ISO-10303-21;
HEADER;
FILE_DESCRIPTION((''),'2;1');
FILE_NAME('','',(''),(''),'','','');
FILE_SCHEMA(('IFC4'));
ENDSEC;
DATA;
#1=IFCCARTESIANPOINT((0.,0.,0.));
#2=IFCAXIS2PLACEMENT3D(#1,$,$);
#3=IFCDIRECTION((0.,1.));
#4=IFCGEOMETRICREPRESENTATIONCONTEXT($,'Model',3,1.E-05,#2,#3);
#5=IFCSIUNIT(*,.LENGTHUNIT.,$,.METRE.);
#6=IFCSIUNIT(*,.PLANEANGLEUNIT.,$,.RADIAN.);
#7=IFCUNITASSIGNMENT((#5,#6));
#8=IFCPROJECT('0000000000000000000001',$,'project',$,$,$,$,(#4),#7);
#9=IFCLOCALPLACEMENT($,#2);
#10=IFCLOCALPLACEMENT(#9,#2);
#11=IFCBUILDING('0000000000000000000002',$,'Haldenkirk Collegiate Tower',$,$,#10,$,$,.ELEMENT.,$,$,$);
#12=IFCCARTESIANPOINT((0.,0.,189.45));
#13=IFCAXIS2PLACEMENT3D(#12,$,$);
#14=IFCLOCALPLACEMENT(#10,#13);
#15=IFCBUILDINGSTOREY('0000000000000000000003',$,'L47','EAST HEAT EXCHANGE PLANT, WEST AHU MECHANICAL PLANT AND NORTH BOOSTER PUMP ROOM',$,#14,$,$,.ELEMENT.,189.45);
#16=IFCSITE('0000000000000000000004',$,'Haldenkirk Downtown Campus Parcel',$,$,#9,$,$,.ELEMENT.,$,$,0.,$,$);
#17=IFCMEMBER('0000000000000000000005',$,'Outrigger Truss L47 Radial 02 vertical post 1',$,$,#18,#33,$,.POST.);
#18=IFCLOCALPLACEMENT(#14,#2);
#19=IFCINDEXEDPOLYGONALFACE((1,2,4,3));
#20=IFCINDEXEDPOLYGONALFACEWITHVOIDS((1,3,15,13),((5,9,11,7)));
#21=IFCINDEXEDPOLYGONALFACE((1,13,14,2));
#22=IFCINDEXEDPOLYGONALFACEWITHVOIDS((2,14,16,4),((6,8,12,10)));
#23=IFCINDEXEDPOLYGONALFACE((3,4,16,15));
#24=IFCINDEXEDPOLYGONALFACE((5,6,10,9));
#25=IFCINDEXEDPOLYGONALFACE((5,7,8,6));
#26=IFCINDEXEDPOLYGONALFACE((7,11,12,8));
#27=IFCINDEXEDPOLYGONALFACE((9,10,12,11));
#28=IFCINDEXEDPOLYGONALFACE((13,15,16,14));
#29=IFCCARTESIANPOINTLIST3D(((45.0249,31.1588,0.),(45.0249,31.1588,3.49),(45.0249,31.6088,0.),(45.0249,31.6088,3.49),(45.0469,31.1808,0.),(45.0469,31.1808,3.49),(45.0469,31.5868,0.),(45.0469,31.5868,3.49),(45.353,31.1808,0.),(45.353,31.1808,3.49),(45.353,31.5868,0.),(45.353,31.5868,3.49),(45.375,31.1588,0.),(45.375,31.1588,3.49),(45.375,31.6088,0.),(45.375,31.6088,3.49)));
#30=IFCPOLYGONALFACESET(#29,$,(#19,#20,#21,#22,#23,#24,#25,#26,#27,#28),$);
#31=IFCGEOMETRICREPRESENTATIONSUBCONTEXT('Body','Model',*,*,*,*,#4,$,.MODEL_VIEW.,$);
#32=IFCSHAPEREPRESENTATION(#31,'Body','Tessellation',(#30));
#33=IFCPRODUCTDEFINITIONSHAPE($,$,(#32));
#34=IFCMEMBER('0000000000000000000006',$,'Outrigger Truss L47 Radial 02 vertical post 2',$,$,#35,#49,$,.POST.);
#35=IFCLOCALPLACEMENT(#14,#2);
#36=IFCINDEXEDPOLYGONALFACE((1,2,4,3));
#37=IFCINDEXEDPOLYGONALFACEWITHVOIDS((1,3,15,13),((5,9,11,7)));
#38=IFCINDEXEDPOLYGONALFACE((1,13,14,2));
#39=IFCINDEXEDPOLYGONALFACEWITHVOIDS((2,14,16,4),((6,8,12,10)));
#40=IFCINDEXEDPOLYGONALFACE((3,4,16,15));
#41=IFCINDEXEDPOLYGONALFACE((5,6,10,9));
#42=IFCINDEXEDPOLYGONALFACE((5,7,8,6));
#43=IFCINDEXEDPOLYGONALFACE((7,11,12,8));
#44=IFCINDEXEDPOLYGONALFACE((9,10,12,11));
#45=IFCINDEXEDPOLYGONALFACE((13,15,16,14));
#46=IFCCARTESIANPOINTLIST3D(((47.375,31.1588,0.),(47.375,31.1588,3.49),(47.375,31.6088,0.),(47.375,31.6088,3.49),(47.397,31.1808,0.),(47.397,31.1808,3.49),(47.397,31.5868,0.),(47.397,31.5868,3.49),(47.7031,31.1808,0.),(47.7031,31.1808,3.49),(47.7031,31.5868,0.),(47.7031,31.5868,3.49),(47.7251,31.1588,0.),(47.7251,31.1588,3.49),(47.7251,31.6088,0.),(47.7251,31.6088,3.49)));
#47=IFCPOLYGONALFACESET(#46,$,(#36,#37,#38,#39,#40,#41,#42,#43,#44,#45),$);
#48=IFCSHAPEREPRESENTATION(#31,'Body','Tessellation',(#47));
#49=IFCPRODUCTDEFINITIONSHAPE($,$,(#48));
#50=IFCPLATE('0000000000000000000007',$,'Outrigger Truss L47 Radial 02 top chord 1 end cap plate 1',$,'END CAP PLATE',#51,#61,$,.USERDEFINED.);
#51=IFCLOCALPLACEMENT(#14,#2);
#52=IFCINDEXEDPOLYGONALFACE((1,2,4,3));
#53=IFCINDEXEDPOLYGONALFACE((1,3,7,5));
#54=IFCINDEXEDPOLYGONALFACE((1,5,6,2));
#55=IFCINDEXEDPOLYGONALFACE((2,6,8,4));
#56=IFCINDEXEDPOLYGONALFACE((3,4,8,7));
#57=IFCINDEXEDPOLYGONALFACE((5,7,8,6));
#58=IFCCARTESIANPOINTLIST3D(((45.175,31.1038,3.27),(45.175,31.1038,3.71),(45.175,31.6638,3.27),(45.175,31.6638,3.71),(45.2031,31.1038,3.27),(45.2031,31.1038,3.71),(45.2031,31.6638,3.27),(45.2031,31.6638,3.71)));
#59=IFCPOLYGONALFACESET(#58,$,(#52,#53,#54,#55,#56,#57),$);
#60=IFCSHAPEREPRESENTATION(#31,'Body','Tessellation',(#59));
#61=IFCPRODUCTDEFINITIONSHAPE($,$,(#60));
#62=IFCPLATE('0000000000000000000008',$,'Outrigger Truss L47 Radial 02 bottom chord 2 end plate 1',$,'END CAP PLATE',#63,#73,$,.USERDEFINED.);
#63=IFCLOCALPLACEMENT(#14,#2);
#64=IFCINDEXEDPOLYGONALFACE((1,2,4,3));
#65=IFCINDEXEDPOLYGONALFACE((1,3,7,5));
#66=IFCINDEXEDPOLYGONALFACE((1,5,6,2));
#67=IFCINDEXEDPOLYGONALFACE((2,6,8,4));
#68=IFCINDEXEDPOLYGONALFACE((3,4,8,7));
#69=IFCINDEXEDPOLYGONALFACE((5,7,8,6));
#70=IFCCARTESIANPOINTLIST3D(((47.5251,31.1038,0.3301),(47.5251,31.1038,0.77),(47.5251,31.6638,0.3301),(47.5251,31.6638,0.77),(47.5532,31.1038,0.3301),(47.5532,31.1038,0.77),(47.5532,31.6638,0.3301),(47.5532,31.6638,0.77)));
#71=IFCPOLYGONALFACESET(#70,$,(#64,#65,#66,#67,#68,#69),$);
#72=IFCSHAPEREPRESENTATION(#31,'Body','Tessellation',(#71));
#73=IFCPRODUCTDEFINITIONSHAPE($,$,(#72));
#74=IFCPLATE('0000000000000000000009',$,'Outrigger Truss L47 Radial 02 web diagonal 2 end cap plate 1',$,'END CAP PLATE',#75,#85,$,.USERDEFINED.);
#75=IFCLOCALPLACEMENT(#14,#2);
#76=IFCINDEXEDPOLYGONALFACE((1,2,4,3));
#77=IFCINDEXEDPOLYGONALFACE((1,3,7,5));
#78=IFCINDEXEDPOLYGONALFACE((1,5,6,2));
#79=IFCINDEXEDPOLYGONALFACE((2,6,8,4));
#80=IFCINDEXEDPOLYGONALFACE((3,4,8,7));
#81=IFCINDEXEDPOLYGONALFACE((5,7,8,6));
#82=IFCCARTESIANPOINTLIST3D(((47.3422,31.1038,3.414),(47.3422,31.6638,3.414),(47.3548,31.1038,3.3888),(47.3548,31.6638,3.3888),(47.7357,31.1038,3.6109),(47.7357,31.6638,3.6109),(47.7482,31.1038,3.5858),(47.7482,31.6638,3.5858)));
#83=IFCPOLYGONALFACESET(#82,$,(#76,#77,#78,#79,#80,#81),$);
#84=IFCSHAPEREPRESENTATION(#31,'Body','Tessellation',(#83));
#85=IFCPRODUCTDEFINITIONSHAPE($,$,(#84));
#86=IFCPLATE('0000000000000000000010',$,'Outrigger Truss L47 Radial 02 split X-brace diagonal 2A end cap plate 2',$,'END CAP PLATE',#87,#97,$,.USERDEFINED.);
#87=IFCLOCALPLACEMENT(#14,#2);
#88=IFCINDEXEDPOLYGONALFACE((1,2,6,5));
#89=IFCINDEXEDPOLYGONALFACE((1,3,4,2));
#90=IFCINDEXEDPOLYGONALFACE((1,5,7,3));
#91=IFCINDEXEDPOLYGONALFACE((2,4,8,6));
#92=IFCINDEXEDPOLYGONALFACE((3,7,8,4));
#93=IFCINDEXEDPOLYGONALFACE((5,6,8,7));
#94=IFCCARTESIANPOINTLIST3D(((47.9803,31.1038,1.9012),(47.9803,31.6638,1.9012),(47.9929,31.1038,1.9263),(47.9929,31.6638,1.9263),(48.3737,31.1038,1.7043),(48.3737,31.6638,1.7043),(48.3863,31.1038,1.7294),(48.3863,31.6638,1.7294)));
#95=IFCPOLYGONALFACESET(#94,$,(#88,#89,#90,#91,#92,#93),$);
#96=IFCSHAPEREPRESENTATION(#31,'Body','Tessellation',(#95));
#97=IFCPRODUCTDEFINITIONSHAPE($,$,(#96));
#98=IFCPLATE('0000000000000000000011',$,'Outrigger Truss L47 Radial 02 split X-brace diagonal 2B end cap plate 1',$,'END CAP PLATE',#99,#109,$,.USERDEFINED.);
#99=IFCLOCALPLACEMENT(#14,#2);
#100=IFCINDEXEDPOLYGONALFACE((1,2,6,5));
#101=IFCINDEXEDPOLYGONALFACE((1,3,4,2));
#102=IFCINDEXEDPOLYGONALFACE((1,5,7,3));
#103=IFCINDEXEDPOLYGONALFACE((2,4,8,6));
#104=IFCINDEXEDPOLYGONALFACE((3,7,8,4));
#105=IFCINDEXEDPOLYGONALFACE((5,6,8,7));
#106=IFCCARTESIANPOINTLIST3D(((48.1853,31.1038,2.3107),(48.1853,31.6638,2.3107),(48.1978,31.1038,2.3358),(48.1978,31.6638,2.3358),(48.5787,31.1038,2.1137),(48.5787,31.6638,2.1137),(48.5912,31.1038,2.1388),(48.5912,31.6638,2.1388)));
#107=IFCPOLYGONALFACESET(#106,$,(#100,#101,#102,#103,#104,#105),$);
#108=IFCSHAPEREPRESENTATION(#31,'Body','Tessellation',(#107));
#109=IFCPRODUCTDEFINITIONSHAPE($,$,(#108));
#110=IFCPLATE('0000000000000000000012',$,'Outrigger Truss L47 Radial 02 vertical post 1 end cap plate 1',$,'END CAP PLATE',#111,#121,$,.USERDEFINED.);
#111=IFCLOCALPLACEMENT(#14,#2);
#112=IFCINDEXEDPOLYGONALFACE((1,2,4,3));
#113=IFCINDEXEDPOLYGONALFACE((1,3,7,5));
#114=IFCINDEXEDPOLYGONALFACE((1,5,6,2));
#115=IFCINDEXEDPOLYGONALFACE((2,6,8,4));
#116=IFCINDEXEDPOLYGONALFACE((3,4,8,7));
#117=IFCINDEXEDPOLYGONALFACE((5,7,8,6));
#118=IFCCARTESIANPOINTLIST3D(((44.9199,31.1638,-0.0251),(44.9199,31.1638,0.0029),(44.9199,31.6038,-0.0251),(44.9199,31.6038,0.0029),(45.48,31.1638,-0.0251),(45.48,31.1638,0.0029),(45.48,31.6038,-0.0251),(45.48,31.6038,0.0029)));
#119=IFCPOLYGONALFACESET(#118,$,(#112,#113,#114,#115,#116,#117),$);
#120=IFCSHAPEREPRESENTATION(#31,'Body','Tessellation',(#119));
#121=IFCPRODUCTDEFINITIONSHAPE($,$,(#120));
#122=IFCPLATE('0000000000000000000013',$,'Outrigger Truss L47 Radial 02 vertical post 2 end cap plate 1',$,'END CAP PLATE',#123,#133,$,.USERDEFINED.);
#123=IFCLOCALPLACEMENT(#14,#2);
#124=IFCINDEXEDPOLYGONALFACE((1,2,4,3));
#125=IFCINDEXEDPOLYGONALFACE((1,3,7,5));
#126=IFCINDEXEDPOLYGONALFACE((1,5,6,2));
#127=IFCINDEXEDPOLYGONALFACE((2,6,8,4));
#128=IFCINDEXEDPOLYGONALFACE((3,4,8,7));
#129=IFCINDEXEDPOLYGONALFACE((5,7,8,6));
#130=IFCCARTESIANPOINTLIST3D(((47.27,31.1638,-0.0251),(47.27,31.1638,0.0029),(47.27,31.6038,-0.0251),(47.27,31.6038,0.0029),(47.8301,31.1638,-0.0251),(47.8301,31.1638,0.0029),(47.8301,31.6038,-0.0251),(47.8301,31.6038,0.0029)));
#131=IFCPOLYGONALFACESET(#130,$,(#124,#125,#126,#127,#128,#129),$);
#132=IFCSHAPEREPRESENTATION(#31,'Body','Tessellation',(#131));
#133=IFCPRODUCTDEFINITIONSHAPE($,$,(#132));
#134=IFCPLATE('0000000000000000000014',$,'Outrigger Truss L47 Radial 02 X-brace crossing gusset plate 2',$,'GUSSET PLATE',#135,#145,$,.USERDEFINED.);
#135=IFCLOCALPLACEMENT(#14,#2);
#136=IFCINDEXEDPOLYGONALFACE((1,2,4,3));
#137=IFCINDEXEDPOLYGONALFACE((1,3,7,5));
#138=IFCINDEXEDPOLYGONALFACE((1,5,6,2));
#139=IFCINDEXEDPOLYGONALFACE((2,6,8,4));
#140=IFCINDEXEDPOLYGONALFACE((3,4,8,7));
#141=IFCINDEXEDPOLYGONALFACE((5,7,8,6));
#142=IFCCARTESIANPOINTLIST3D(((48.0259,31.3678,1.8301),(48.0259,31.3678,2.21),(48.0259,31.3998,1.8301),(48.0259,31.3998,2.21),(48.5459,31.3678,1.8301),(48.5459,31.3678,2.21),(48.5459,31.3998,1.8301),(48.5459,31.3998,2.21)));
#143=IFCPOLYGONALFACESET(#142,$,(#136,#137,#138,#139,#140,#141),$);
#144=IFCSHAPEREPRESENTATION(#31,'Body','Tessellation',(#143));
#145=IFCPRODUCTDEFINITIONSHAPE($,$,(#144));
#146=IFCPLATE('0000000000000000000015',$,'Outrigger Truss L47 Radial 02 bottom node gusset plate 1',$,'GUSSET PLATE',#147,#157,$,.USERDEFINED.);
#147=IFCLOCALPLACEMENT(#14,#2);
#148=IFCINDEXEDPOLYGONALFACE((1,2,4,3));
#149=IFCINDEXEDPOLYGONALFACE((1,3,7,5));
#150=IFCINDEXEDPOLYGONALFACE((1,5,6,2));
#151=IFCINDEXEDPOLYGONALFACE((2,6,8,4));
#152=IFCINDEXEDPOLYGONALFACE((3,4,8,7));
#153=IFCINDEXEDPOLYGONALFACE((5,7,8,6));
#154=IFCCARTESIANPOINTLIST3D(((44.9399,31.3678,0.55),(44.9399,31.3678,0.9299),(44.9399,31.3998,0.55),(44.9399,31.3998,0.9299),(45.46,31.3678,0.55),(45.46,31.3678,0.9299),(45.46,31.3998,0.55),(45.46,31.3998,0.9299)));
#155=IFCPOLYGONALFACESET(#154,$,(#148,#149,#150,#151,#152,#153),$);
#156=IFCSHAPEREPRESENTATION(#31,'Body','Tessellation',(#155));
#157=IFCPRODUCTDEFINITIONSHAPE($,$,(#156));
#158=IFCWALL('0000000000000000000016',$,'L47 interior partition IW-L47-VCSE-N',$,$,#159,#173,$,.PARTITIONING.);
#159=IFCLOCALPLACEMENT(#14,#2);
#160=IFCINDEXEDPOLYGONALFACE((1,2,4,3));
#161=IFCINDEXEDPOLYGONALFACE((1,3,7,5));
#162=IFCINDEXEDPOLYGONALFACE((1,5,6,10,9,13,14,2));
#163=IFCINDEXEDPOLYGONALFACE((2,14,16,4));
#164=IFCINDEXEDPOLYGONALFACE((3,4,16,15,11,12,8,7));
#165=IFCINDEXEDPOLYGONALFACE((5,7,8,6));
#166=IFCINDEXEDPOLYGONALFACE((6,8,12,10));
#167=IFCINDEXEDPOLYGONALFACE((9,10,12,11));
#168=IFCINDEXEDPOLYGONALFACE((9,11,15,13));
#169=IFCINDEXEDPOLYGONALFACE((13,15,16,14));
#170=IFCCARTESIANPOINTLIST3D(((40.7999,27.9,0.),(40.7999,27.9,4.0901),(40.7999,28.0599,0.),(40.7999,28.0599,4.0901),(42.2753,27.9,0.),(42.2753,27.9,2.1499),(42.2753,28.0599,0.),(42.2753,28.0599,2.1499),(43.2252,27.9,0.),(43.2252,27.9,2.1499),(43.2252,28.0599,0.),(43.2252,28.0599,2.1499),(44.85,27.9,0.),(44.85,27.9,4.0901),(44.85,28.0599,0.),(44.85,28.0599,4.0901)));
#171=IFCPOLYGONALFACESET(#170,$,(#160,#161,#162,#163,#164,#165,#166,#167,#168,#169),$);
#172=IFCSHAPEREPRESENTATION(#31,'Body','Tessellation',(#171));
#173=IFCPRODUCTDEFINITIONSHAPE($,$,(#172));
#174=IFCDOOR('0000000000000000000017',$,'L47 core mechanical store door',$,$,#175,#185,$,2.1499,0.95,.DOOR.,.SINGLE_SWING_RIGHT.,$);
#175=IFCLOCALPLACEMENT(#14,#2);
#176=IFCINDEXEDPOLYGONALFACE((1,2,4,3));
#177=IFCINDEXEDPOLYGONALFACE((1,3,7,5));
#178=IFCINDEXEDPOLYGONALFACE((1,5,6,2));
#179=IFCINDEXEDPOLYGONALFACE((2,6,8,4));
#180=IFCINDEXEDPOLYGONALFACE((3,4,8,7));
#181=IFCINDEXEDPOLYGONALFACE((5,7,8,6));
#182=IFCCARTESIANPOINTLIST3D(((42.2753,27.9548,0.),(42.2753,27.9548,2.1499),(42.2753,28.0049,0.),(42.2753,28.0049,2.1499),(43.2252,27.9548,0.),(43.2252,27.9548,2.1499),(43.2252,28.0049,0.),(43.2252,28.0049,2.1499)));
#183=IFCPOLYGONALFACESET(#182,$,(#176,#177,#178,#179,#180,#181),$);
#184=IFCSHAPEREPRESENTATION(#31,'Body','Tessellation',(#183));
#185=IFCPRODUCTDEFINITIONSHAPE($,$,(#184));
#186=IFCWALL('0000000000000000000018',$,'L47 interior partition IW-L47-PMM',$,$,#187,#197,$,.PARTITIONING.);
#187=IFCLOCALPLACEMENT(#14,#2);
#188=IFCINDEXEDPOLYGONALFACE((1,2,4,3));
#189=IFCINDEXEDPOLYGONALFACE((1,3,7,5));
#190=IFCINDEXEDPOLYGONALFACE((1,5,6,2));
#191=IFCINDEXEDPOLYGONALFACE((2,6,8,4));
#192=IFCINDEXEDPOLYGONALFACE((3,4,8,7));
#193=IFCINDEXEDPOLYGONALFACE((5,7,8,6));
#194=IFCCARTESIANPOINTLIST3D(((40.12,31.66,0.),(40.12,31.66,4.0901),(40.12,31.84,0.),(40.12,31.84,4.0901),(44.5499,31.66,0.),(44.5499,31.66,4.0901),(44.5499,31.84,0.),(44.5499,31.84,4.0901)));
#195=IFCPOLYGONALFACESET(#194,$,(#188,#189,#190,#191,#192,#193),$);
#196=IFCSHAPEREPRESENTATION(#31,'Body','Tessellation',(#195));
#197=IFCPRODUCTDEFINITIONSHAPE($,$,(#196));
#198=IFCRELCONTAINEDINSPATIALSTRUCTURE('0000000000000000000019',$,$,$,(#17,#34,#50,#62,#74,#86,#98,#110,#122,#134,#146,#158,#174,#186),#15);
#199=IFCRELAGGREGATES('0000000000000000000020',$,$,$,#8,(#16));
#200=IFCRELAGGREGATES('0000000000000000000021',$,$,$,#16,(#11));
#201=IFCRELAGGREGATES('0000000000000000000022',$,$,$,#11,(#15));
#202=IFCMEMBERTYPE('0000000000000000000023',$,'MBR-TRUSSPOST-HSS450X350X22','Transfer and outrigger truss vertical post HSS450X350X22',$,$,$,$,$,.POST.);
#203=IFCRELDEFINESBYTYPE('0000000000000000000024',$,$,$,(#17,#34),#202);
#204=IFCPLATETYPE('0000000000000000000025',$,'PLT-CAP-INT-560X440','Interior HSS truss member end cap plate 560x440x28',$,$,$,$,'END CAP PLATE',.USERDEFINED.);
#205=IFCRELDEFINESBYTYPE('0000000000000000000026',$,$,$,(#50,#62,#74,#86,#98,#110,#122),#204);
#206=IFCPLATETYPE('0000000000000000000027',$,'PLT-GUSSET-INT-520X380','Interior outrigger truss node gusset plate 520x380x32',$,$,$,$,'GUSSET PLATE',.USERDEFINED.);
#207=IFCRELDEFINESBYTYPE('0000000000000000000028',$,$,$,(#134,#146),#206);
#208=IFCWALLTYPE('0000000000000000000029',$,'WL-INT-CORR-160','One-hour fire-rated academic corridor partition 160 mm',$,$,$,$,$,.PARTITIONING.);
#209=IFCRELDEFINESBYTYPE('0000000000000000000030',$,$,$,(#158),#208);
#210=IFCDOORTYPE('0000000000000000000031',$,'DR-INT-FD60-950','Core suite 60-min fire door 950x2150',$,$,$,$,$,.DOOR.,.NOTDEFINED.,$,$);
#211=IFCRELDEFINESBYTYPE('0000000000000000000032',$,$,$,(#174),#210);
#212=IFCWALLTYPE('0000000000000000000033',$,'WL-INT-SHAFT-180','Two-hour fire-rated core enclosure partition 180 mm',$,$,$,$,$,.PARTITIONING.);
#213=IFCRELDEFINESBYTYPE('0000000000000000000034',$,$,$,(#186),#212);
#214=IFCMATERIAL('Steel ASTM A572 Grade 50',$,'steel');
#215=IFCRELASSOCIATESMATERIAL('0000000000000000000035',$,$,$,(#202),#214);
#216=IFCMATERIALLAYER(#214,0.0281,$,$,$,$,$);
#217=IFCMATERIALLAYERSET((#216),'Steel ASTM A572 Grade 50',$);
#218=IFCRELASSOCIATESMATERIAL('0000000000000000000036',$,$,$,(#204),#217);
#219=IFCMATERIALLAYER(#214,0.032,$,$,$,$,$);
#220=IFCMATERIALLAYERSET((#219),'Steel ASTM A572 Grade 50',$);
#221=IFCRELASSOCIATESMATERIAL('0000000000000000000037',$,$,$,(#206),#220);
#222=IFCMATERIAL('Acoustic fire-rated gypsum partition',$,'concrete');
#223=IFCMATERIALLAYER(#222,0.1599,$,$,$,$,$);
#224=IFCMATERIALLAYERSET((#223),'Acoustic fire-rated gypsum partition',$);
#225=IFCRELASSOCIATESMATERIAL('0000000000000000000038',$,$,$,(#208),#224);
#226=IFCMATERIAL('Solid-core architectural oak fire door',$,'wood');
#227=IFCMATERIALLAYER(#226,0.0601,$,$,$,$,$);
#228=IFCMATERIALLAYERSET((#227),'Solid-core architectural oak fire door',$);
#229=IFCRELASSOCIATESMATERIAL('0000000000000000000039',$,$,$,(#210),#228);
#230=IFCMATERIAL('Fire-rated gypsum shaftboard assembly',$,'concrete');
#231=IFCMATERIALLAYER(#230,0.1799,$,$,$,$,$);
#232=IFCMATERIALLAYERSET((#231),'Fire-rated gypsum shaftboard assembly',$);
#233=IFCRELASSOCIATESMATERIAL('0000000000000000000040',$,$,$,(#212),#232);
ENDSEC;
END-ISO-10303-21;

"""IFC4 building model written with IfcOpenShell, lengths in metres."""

from ifc_helpers import new_model, si_unit, direction, frame, frame_2d, origin, origin_2d, place, context, subcontext, project, spatial, rectangle, hollow_rectangle, extrude, source, transform, mapped, material, layer, layer_set, material_profile, profile_set, type_object, element, fill, save


model = new_model("IFC4")

# Units and contexts
model_context = context("Model", 3, precision=1e-05, world=origin(), true_north=direction((0.0, 1.0)))
body_context = subcontext(model_context, "Body", "Model", "MODEL_VIEW")
ifc_project = project(units=[si_unit("LENGTHUNIT", "METRE"), si_unit("PLANEANGLEUNIT", "RADIAN")], contexts=[model_context])

# Site, building, storey
site_placement = place(None, origin())
site = spatial("IfcSite", under=ifc_project, at=site_placement, Name="Haldenkirk Downtown Campus Parcel", CompositionType="ELEMENT", RefElevation=0.0)
building_placement = place(site_placement, origin())
building = spatial("IfcBuilding", under=site, at=building_placement, Name="Haldenkirk Collegiate Tower", CompositionType="ELEMENT")
storey_placement = place(building_placement, frame((0.0, 0.0, 189.45)))
storey = spatial("IfcBuildingStorey", under=building, at=storey_placement, Name="L47", Description="EAST HEAT EXCHANGE PLANT, WEST AHU MECHANICAL PLANT AND NORTH BOOSTER PUMP ROOM", CompositionType="ELEMENT", Elevation=189.45)

# Members
ifc_material_1 = material(Name="Steel ASTM A572 Grade 50", Category="steel")
ifc_material_profile_1 = material_profile(ifc_material_1, hollow_rectangle(XDim=0.3501, YDim=0.45, WallThickness=0.022, at=origin_2d()), Name="HSS450X350X22")
ifc_profile_set_1 = profile_set([ifc_material_profile_1], Name="Steel ASTM A572 Grade 50")
member_type_1 = type_object("IfcMemberType", Name="MBR-TRUSSPOST-HSS450X350X22", Description="Transfer and outrigger truss vertical post HSS450X350X22", PredefinedType="POST", material=ifc_profile_set_1)
for number, where, z_axis, x_axis, name in (
    (1, (45.2, 31.3838, 0.0), (0.0, 0.0, 1.0), (1.0, 0.0, 0.0), "Outrigger Truss L47 Radial 02 vertical post 1"),
    (2, (47.55, 31.3838, 0.0), (0.0, 0.0, 1.0), (1.0, 0.0, 0.0), "Outrigger Truss L47 Radial 02 vertical post 2"),
):
    element("IfcMember", number, at=place(storey_placement, frame(where, z_axis=z_axis, x_axis=x_axis)), inside=storey, type_object=member_type_1, Name=name, PredefinedType="POST", context=body_context, shape_type="SweptSolid", body=[
        extrude(hollow_rectangle(XDim=0.3501, YDim=0.45, WallThickness=0.022, at=origin_2d()), origin(), (0.0, 0.0, 1.0), 3.49),
    ])

# Plates
ifc_layer_1 = layer(ifc_material_1, 0.0281)
ifc_layer_set_1 = layer_set([ifc_layer_1], Name="Steel ASTM A572 Grade 50")
plate_type_1 = type_object("IfcPlateType", Name="PLT-CAP-INT-560X440", Description="Interior HSS truss member end cap plate 560x440x28", ElementType="END CAP PLATE", PredefinedType="USERDEFINED", material=ifc_layer_set_1)
shared_shape_1 = source(origin(), body_context, "Body", "SweptSolid", [
    extrude(rectangle(XDim=0.5601, YDim=0.4399, at=origin_2d()), origin(), (0.0, 0.0, 1.0), 0.0281),
])
for number, where, z_axis, x_axis, name in (
    (3, (45.2031, 31.3838, 3.49), (-1.0, 0.0, 0.0), (0.0, -1.0, 0.0), "Outrigger Truss L47 Radial 02 top chord 1 end cap plate 1"),
    (4, (47.5532, 31.3838, 0.55), (-1.0, 0.0, 0.0), (0.0, -1.0, 0.0), "Outrigger Truss L47 Radial 02 bottom chord 2 end plate 1"),
    (5, (47.5515, 31.3838, 3.4873), (-0.447603, 0.0, 0.894232), (0.0, -1.0, 0.0), "Outrigger Truss L47 Radial 02 web diagonal 2 end cap plate 1"),
    (6, (48.177, 31.3838, 1.8027), (0.447612, 0.0, 0.894228), (0.0, 1.0, 0.0), "Outrigger Truss L47 Radial 02 split X-brace diagonal 2A end cap plate 2"),
    (7, (48.3945, 31.3838, 2.2373), (-0.447612, 0.0, -0.894228), (0.0, -1.0, 0.0), "Outrigger Truss L47 Radial 02 split X-brace diagonal 2B end cap plate 1"),
    (8, (45.2, 31.3838, 0.0029), (0.0, 0.0, -1.0), (1.0, 0.0, 0.0), "Outrigger Truss L47 Radial 02 vertical post 1 end cap plate 1"),
    (9, (47.55, 31.3838, 0.0029), (0.0, 0.0, -1.0), (1.0, 0.0, 0.0), "Outrigger Truss L47 Radial 02 vertical post 2 end cap plate 1"),
):
    element("IfcPlate", number, at=place(storey_placement, frame(where, z_axis=z_axis, x_axis=x_axis)), inside=storey, type_object=plate_type_1, Name=name, ObjectType="END CAP PLATE", PredefinedType="USERDEFINED", context=body_context, shape_type="MappedRepresentation", body=[
        mapped(shared_shape_1, transform((0.0, 0.0, 0.0), x_axis=(1.0, 0.0, 0.0), y_axis=(0.0, 1.0, 0.0), z_axis=(0.0, 0.0, 1.0), scale=1.0)),
    ])
ifc_layer_2 = layer(ifc_material_1, 0.032)
ifc_layer_set_2 = layer_set([ifc_layer_2], Name="Steel ASTM A572 Grade 50")
plate_type_2 = type_object("IfcPlateType", Name="PLT-GUSSET-INT-520X380", Description="Interior outrigger truss node gusset plate 520x380x32", ElementType="GUSSET PLATE", PredefinedType="USERDEFINED", material=ifc_layer_set_2)
shared_shape_2 = source(origin(), body_context, "Body", "SweptSolid", [
    extrude(rectangle(XDim=0.52, YDim=0.032, at=origin_2d()), origin(), (0.0, 0.0, 1.0), 0.3799),
])
for number, where, z_axis, x_axis, name in (
    (10, (48.2859, 31.3838, 1.8301), (0.0, 0.0, 1.0), (1.0, 0.0, 0.0), "Outrigger Truss L47 Radial 02 X-brace crossing gusset plate 2"),
    (11, (45.2, 31.3838, 0.55), (0.0, 0.0, 1.0), (1.0, 0.0, 0.0), "Outrigger Truss L47 Radial 02 bottom node gusset plate 1"),
):
    element("IfcPlate", number, at=place(storey_placement, frame(where, z_axis=z_axis, x_axis=x_axis)), inside=storey, type_object=plate_type_2, Name=name, ObjectType="GUSSET PLATE", PredefinedType="USERDEFINED", context=body_context, shape_type="MappedRepresentation", body=[
        mapped(shared_shape_2, transform((0.0, 0.0, 0.0), x_axis=(1.0, 0.0, 0.0), y_axis=(0.0, 1.0, 0.0), z_axis=(0.0, 0.0, 1.0), scale=1.0)),
    ])

# Wall, opening, door
ifc_material_2 = material(Name="Acoustic fire-rated gypsum partition", Category="concrete")
ifc_layer_3 = layer(ifc_material_2, 0.1599)
ifc_layer_set_3 = layer_set([ifc_layer_3], Name="Acoustic fire-rated gypsum partition")
wall_type_1 = type_object("IfcWallType", Name="WL-INT-CORR-160", Description="One-hour fire-rated academic corridor partition 160 mm", PredefinedType="PARTITIONING", material=ifc_layer_set_3)
wall_1_placement = place(storey_placement, frame((40.8, 27.98, 0.0), z_axis=(0.0, 0.0, 1.0), x_axis=(1.0, 0.0, 0.0)))
wall_1 = element("IfcWall", 12, at=wall_1_placement, inside=storey, type_object=wall_type_1, Name="L47 interior partition IW-L47-VCSE-N", PredefinedType="PARTITIONING", context=body_context, shape_type="SweptSolid", body=[
    extrude(rectangle(XDim=4.05, YDim=0.1599, at=frame_2d((2.0249, 0.0))), origin(), (0.0, 0.0, 1.0), 4.0901),
])
opening_1_placement = place(wall_1_placement, frame((1.4751, 0.0, 0.0)))
opening_1 = element("IfcOpeningElement", 13, at=opening_1_placement, cuts=wall_1, PredefinedType="OPENING", context=body_context, shape_type="SweptSolid", body=[
    extrude(rectangle(XDim=0.95, YDim=2.1499, at=frame_2d((0.4751, 1.075))), frame((0.0, 0.0898, 0.0), z_axis=(0.0, -1.0, 0.0), x_axis=(1.0, 0.0, 0.0)), (0.0, 0.0, 1.0), 0.1799),
])
ifc_material_3 = material(Name="Solid-core architectural oak fire door", Category="wood")
ifc_layer_4 = layer(ifc_material_3, 0.0601)
ifc_layer_set_4 = layer_set([ifc_layer_4], Name="Solid-core architectural oak fire door")
door_type_1 = type_object("IfcDoorType", Name="DR-INT-FD60-950", Description="Core suite 60-min fire door 950x2150", OperationType="NOTDEFINED", PredefinedType="DOOR", material=ifc_layer_set_4)
door_1_placement = place(opening_1_placement, origin())
door_1 = element("IfcDoor", 14, at=door_1_placement, inside=storey, type_object=door_type_1, Name="L47 core mechanical store door", OperationType="SINGLE_SWING_RIGHT", OverallHeight=2.1499, OverallWidth=0.95, PredefinedType="DOOR", context=body_context, shape_type="SweptSolid", body=[
    extrude(rectangle(XDim=0.95, YDim=2.1499, at=frame_2d((0.4751, 1.075))), frame((0.0, 0.0249, 0.0), z_axis=(0.0, -1.0, 0.0), x_axis=(1.0, 0.0, 0.0)), (0.0, 0.0, 1.0), 0.05),
])
fill(opening_1, door_1)

# Shared definitions
ifc_material_4 = material(Name="Fire-rated gypsum shaftboard assembly", Category="concrete")
ifc_layer_5 = layer(ifc_material_4, 0.1799)
ifc_layer_set_5 = layer_set([ifc_layer_5], Name="Fire-rated gypsum shaftboard assembly")
wall_type_2 = type_object("IfcWallType", Name="WL-INT-SHAFT-180", Description="Two-hour fire-rated core enclosure partition 180 mm", PredefinedType="PARTITIONING", material=ifc_layer_set_5)

# Wall
wall_2_placement = place(storey_placement, frame((40.1201, 31.75, 0.0), z_axis=(0.0, 0.0, 1.0), x_axis=(1.0, 0.0, 0.0)))
element("IfcWall", 15, at=wall_2_placement, inside=storey, type_object=wall_type_2, Name="L47 interior partition IW-L47-PMM", PredefinedType="PARTITIONING", context=body_context, shape_type="SweptSolid", body=[
    extrude(rectangle(XDim=4.4299, YDim=0.1799, at=frame_2d((2.2148, 0.0))), origin(), (0.0, 0.0, 1.0), 4.0901),
])

save(model, "model.ifc")
